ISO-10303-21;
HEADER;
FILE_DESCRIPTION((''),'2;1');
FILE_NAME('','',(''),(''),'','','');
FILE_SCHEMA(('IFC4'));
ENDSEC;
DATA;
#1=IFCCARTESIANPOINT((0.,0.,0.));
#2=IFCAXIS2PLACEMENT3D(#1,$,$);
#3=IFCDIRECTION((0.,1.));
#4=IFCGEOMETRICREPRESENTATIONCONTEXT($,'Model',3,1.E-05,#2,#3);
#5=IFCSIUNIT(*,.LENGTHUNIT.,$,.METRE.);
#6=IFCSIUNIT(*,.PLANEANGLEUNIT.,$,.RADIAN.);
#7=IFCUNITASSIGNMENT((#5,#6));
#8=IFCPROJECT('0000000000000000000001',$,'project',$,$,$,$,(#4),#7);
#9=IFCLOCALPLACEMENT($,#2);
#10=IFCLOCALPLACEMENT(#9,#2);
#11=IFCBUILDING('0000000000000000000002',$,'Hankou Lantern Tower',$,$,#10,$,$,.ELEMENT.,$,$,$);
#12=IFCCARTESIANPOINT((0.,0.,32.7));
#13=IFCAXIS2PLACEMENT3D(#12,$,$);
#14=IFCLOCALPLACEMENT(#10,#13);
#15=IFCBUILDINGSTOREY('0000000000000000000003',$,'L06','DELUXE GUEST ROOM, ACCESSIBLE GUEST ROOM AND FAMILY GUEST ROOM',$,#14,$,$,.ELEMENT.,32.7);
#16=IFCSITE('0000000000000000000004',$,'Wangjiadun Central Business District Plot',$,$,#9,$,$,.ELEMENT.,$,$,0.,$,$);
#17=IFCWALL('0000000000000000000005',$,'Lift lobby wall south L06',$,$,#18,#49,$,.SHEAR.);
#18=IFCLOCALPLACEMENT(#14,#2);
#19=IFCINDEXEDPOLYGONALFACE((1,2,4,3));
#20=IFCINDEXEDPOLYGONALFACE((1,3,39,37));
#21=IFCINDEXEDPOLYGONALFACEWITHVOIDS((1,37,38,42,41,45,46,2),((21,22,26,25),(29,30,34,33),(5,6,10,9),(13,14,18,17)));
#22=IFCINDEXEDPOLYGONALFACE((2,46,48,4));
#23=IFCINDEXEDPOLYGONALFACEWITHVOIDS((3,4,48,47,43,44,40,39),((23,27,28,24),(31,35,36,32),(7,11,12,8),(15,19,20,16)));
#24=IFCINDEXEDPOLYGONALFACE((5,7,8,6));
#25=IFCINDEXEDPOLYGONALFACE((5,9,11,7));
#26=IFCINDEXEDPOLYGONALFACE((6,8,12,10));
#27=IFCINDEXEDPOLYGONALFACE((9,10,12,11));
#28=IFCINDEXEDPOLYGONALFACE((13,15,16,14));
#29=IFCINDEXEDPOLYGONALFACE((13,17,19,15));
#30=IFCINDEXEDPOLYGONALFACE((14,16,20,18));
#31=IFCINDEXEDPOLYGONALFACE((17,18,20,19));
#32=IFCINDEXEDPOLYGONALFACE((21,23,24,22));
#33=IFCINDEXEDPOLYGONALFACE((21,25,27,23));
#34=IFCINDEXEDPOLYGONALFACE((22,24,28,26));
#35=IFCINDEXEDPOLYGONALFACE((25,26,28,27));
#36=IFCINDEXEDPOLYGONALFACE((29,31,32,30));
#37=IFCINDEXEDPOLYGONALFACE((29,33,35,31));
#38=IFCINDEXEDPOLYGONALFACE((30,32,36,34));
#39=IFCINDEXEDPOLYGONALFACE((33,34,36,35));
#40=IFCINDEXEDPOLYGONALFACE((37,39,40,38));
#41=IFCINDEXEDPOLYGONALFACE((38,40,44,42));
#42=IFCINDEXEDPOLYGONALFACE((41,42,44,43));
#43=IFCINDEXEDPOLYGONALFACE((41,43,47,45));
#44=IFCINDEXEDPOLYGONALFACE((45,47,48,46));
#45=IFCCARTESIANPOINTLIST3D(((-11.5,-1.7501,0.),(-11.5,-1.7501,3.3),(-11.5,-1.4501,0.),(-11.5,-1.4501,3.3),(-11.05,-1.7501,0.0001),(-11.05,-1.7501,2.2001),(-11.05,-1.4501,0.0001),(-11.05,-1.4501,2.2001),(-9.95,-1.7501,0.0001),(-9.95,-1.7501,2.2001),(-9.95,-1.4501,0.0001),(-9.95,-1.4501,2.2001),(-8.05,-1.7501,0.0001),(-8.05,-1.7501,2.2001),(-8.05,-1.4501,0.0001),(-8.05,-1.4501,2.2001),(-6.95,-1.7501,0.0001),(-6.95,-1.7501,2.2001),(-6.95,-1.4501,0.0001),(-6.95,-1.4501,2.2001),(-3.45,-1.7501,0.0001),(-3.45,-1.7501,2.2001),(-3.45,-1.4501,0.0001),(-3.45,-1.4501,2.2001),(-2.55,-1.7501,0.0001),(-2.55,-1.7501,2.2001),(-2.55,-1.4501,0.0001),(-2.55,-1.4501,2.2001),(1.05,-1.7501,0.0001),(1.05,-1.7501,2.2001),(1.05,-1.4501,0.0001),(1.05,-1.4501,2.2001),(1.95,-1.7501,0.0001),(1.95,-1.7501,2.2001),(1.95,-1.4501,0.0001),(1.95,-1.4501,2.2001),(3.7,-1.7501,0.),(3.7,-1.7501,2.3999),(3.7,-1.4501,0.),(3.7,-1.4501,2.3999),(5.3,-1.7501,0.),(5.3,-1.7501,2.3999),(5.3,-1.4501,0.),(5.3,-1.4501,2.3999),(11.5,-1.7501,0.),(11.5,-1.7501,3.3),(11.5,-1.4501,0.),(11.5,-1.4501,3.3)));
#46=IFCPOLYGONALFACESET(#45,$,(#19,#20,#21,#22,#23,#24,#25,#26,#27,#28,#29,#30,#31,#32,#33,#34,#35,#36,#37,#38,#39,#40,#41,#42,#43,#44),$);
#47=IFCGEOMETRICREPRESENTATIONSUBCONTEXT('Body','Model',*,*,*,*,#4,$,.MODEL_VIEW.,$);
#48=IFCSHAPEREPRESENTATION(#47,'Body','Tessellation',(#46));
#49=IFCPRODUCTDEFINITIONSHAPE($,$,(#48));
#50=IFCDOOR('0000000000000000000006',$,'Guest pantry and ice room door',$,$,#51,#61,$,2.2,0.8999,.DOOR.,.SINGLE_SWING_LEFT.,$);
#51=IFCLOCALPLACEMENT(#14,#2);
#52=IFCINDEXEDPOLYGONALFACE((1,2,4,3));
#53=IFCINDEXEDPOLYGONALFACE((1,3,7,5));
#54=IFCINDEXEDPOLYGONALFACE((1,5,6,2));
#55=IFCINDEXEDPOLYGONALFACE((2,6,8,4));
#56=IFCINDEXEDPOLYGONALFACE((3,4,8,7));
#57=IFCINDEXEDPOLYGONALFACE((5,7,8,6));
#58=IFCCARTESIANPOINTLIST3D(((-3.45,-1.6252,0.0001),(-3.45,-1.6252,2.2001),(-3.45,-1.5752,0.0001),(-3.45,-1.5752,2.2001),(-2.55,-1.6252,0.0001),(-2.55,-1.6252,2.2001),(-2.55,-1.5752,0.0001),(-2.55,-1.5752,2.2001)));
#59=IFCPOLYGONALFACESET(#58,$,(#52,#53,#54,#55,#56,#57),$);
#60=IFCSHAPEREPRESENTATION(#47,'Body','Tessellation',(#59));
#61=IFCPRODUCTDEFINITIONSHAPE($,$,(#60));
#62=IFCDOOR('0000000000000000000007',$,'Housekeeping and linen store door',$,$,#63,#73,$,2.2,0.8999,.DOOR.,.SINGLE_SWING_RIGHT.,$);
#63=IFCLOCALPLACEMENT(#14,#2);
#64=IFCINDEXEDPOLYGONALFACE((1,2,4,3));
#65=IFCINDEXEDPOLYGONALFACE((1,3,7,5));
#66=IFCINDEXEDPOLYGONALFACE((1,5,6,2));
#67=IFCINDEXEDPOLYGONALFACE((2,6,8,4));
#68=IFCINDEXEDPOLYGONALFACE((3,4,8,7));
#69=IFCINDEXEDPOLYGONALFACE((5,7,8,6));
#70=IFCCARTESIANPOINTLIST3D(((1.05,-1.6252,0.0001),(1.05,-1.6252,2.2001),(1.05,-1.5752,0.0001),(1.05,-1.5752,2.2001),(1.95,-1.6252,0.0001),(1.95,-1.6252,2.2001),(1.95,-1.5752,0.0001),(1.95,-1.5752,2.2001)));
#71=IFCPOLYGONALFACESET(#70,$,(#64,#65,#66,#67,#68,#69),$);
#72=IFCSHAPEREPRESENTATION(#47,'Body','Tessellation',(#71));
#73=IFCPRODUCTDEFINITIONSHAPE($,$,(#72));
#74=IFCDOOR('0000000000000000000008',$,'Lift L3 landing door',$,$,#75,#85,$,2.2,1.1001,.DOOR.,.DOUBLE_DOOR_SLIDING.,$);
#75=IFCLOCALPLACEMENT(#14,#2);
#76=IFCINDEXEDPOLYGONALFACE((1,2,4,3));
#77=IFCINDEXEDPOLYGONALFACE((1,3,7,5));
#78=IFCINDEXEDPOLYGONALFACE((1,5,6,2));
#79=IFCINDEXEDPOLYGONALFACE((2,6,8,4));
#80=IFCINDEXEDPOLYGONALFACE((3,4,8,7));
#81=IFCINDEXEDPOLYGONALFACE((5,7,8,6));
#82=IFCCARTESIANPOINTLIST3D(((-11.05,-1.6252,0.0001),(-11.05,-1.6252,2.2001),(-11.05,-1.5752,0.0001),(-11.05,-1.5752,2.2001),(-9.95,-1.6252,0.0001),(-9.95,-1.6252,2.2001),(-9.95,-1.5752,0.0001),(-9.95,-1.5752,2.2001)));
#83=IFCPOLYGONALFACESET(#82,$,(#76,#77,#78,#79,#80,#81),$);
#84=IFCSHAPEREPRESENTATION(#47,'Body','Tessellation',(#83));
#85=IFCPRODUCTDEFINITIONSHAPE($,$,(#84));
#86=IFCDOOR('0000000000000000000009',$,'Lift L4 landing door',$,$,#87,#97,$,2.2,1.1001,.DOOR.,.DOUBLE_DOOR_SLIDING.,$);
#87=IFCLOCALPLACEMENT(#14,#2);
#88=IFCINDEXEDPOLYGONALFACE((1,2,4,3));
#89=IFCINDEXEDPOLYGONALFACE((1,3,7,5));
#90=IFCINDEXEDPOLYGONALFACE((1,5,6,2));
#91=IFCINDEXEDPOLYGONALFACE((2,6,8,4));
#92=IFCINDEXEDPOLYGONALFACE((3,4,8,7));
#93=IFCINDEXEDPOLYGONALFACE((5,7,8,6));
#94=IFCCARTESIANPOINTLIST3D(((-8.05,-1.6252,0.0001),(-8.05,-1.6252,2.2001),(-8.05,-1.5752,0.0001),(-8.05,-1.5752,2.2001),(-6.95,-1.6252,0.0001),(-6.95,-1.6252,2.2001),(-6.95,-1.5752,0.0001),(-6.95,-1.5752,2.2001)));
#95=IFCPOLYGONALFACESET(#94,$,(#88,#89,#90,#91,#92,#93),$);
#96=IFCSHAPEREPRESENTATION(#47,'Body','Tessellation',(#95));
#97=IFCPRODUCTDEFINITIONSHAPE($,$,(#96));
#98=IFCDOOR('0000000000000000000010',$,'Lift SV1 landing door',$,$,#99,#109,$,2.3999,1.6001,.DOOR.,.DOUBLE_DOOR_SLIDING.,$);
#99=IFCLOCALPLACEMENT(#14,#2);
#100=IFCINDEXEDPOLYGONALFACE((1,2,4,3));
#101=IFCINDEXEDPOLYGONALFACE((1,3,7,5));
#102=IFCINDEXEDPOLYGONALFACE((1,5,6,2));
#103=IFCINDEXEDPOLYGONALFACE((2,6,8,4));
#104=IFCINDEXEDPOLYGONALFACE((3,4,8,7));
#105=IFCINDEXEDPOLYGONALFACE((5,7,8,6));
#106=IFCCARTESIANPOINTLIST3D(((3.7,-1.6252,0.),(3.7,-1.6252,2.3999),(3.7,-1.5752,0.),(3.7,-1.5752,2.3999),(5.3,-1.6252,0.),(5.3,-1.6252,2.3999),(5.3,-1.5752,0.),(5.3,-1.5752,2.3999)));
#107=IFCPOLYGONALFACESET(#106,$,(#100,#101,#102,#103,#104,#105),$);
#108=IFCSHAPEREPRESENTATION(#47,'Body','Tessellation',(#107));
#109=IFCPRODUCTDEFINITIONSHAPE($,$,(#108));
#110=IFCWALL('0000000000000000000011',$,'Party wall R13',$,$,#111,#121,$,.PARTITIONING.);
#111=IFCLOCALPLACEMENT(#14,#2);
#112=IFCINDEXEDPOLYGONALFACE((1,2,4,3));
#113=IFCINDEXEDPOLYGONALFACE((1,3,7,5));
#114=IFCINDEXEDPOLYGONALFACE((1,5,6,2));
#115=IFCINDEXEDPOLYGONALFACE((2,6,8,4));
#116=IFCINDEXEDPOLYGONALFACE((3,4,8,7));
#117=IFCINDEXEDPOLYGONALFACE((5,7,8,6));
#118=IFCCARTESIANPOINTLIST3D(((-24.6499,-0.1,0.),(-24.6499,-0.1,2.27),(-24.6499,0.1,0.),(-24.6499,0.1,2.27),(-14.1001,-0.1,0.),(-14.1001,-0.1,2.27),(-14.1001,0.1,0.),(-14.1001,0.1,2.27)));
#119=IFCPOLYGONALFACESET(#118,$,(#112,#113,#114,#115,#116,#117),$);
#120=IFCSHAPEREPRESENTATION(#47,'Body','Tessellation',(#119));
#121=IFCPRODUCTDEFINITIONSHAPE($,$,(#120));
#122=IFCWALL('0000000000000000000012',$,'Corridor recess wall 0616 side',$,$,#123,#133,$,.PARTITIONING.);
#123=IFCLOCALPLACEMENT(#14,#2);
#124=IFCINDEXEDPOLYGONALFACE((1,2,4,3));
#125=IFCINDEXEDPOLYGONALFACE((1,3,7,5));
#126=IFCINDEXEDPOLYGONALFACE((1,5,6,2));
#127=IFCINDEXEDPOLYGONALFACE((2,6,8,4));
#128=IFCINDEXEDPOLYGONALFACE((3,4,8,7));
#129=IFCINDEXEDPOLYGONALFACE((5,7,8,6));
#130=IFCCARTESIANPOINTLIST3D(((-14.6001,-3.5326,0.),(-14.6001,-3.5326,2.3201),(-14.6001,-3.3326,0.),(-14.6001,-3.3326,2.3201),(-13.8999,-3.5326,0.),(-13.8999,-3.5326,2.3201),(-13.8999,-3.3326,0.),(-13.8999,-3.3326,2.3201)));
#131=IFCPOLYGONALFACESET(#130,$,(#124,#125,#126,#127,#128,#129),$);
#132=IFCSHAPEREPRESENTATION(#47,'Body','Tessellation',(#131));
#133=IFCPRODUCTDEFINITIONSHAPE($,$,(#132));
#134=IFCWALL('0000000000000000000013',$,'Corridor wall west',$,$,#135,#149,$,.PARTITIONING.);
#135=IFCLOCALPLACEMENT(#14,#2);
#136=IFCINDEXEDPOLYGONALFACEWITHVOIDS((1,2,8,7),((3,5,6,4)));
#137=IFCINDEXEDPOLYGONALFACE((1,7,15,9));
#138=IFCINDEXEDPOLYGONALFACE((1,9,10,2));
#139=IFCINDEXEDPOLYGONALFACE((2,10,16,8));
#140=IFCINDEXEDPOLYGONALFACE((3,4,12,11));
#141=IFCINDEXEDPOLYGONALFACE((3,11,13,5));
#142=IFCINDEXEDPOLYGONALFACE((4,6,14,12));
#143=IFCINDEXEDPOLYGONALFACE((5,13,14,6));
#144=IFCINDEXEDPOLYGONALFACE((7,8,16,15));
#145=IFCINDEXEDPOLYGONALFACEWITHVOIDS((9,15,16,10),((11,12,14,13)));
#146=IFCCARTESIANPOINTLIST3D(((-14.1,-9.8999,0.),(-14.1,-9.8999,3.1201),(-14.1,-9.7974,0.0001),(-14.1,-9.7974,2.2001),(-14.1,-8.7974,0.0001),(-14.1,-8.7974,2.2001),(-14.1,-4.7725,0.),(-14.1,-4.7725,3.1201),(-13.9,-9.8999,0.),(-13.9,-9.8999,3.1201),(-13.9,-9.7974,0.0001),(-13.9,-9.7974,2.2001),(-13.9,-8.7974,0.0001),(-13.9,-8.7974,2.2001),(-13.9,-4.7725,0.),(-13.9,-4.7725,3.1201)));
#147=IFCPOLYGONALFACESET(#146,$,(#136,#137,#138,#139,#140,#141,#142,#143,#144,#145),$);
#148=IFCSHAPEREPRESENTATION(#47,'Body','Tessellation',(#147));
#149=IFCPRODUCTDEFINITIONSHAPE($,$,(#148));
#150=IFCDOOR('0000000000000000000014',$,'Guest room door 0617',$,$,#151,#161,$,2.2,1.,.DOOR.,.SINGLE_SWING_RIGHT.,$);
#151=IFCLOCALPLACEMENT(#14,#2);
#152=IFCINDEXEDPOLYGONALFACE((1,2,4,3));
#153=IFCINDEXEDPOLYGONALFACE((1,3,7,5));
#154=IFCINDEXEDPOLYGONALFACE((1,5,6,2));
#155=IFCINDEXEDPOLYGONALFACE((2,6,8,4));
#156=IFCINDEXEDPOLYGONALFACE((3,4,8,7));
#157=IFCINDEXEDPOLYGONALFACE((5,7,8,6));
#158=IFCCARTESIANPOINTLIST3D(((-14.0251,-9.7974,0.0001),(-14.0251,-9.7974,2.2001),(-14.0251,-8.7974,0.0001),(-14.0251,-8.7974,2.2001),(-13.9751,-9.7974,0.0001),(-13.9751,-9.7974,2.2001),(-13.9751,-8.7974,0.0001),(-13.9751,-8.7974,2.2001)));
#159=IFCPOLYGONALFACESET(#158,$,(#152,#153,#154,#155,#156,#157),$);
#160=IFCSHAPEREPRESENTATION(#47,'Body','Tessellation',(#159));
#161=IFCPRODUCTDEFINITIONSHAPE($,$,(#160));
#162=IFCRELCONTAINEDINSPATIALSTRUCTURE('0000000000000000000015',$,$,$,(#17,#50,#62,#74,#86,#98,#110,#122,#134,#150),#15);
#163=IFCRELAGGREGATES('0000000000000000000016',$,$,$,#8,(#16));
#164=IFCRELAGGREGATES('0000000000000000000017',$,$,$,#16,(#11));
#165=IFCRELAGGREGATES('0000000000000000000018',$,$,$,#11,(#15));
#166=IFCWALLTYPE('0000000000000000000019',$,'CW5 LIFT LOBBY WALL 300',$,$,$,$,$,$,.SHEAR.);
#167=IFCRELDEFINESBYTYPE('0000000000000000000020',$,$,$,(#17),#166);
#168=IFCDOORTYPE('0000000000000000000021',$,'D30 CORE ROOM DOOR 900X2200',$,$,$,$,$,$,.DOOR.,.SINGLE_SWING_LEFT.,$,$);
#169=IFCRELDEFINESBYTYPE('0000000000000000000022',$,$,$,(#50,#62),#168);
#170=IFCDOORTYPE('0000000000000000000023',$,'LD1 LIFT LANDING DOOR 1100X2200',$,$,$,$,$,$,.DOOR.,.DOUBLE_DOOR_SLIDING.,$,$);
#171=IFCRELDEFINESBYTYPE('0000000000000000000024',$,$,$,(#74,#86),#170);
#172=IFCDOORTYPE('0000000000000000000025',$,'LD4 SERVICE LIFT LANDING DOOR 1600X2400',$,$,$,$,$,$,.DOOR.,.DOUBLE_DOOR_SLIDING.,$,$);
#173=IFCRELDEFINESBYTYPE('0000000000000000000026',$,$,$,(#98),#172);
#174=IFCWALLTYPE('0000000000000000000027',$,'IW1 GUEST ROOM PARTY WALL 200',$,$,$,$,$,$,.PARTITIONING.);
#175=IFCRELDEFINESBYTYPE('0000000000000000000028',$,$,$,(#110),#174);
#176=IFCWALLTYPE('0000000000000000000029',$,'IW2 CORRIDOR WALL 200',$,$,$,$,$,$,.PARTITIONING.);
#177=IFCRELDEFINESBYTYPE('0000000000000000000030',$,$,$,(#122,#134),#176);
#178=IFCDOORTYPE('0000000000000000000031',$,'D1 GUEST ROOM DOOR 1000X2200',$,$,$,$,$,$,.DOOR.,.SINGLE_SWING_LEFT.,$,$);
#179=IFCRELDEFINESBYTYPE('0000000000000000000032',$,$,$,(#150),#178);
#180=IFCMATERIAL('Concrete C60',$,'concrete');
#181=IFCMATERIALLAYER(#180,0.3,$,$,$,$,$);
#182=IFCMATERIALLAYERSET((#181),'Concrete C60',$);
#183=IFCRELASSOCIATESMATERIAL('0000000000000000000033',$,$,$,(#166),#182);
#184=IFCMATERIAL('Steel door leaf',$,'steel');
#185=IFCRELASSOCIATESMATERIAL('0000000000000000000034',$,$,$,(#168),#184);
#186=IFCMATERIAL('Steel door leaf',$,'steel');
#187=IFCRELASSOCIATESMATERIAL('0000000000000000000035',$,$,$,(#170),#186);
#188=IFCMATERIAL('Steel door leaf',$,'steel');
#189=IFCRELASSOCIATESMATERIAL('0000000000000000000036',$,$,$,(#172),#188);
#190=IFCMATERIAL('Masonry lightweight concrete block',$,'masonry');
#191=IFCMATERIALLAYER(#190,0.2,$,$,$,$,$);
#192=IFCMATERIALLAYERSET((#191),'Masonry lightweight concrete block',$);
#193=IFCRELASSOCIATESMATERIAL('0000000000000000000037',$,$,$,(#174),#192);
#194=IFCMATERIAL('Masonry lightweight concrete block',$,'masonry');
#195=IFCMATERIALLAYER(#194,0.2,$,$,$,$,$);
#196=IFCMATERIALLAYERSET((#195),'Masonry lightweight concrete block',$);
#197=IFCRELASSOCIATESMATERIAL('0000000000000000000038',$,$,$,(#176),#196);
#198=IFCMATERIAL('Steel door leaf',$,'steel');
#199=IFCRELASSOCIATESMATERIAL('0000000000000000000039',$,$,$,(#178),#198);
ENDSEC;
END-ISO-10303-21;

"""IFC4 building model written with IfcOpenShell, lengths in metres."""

from ifc_helpers import new_model, si_unit, direction, frame, frame_2d, origin, place, context, subcontext, project, spatial, rectangle, extrude, material, layer, layer_set, type_object, element, fill, save


model = new_model("IFC4")

# Units and contexts
model_context = context("Model", 3, precision=1e-05, world=origin(), true_north=direction((0.0, 1.0)))
body_context = subcontext(model_context, "Body", "Model", "MODEL_VIEW")
ifc_project = project(units=[si_unit("LENGTHUNIT", "METRE"), si_unit("PLANEANGLEUNIT", "RADIAN")], contexts=[model_context])

# Site, building, storey
site_placement = place(None, origin())
site = spatial("IfcSite", under=ifc_project, at=site_placement, Name="Wangjiadun Central Business District Plot", CompositionType="ELEMENT", RefElevation=0.0)
building_placement = place(site_placement, origin())
building = spatial("IfcBuilding", under=site, at=building_placement, Name="Hankou Lantern Tower", CompositionType="ELEMENT")
storey_placement = place(building_placement, frame((0.0, 0.0, 32.7)))
storey = spatial("IfcBuildingStorey", under=building, at=storey_placement, Name="L06", Description="DELUXE GUEST ROOM, ACCESSIBLE GUEST ROOM AND FAMILY GUEST ROOM", CompositionType="ELEMENT", Elevation=32.7)

# Wall, openings, doors
ifc_material_1 = material(Name="Concrete C60", Category="concrete")
ifc_layer_1 = layer(ifc_material_1, 0.3)
ifc_layer_set_1 = layer_set([ifc_layer_1], Name="Concrete C60")
wall_type_1 = type_object("IfcWallType", Name="CW5 LIFT LOBBY WALL 300", PredefinedType="SHEAR", material=ifc_layer_set_1)
ifc_material_2 = material(Name="Steel door leaf", Category="steel")
door_type_1 = type_object("IfcDoorType", Name="D30 CORE ROOM DOOR 900X2200", OperationType="SINGLE_SWING_LEFT", PredefinedType="DOOR", material=ifc_material_2)
ifc_material_3 = material(Name="Steel door leaf", Category="steel")
door_type_2 = type_object("IfcDoorType", Name="LD1 LIFT LANDING DOOR 1100X2200", OperationType="DOUBLE_DOOR_SLIDING", PredefinedType="DOOR", material=ifc_material_3)
wall_1_placement = place(storey_placement, frame((-11.5, -1.6001, 0.0), z_axis=(0.0, 0.0, 1.0), x_axis=(1.0, 0.0, 0.0)))
wall_1 = element("IfcWall", 1, at=wall_1_placement, inside=storey, type_object=wall_type_1, Name="Lift lobby wall south L06", PredefinedType="SHEAR", context=body_context, shape_type="SweptSolid", body=[
    extrude(rectangle(XDim=23.0, YDim=0.3, at=frame_2d((11.5, 0.0))), origin(), (0.0, 0.0, 1.0), 3.3),
])
opening_1_placement = place(wall_1_placement, frame((0.45, 0.0, 0.0)))
opening_1 = element("IfcOpeningElement", 2, at=opening_1_placement, cuts=wall_1, PredefinedType="OPENING", context=body_context, shape_type="SweptSolid", body=[
    extrude(rectangle(XDim=1.1001, YDim=2.2, at=frame_2d((0.55, 1.1001))), frame((0.0, 0.1599, 0.0), z_axis=(0.0, -1.0, 0.0), x_axis=(1.0, 0.0, 0.0)), (0.0, 0.0, 1.0), 0.3201),
])
opening_2_placement = place(wall_1_placement, frame((3.45, 0.0, 0.0)))
opening_2 = element("IfcOpeningElement", 3, at=opening_2_placement, cuts=wall_1, PredefinedType="OPENING", context=body_context, shape_type="SweptSolid", body=[
    extrude(rectangle(XDim=1.1001, YDim=2.2, at=frame_2d((0.55, 1.1001))), frame((0.0, 0.1599, 0.0), z_axis=(0.0, -1.0, 0.0), x_axis=(1.0, 0.0, 0.0)), (0.0, 0.0, 1.0), 0.3201),
])
opening_3_placement = place(wall_1_placement, frame((15.2, 0.0, 0.0)))
opening_3 = element("IfcOpeningElement", 4, at=opening_3_placement, cuts=wall_1, PredefinedType="OPENING", context=body_context, shape_type="SweptSolid", body=[
    extrude(rectangle(XDim=1.6001, YDim=2.3999, at=frame_2d((0.8, 1.2))), frame((0.0, 0.1599, 0.0), z_axis=(0.0, -1.0, 0.0), x_axis=(1.0, 0.0, 0.0)), (0.0, 0.0, 1.0), 0.3201),
])
opening_4_placement = place(wall_1_placement, frame((8.05, 0.0, 0.0)))
opening_4 = element("IfcOpeningElement", 5, at=opening_4_placement, cuts=wall_1, PredefinedType="OPENING", context=body_context, shape_type="SweptSolid", body=[
    extrude(rectangle(XDim=0.8999, YDim=2.2, at=frame_2d((0.45, 1.1001))), frame((0.0, 0.1599, 0.0), z_axis=(0.0, -1.0, 0.0), x_axis=(1.0, 0.0, 0.0)), (0.0, 0.0, 1.0), 0.3201),
])
opening_5_placement = place(wall_1_placement, frame((12.55, 0.0, 0.0)))
opening_5 = element("IfcOpeningElement", 6, at=opening_5_placement, cuts=wall_1, PredefinedType="OPENING", context=body_context, shape_type="SweptSolid", body=[
    extrude(rectangle(XDim=0.8999, YDim=2.2, at=frame_2d((0.45, 1.1001))), frame((0.0, 0.1599, 0.0), z_axis=(0.0, -1.0, 0.0), x_axis=(1.0, 0.0, 0.0)), (0.0, 0.0, 1.0), 0.3201),
])
door_1_placement = place(opening_4_placement, origin())
door_1 = element("IfcDoor", 7, at=door_1_placement, inside=storey, type_object=door_type_1, Name="Guest pantry and ice room door", OperationType="SINGLE_SWING_LEFT", OverallHeight=2.2, OverallWidth=0.8999, PredefinedType="DOOR", context=body_context, shape_type="SweptSolid", body=[
    extrude(rectangle(XDim=0.8999, YDim=2.2, at=frame_2d((0.45, 1.1001))), frame((0.0, 0.0249, 0.0), z_axis=(0.0, -1.0, 0.0), x_axis=(1.0, 0.0, 0.0)), (0.0, 0.0, 1.0), 0.05),
])
fill(opening_4, door_1)
door_2_placement = place(opening_5_placement, origin())
door_2 = element("IfcDoor", 8, at=door_2_placement, inside=storey, type_object=door_type_1, Name="Housekeeping and linen store door", OperationType="SINGLE_SWING_RIGHT", OverallHeight=2.2, OverallWidth=0.8999, PredefinedType="DOOR", context=body_context, shape_type="SweptSolid", body=[
    extrude(rectangle(XDim=0.8999, YDim=2.2, at=frame_2d((0.45, 1.1001))), frame((0.0, 0.0249, 0.0), z_axis=(0.0, -1.0, 0.0), x_axis=(1.0, 0.0, 0.0)), (0.0, 0.0, 1.0), 0.05),
])
fill(opening_5, door_2)
door_3_placement = place(opening_1_placement, origin())
door_3 = element("IfcDoor", 9, at=door_3_placement, inside=storey, type_object=door_type_2, Name="Lift L3 landing door", OperationType="DOUBLE_DOOR_SLIDING", OverallHeight=2.2, OverallWidth=1.1001, PredefinedType="DOOR", context=body_context, shape_type="SweptSolid", body=[
    extrude(rectangle(XDim=1.1001, YDim=2.2, at=frame_2d((0.55, 1.1001))), frame((0.0, 0.0249, 0.0), z_axis=(0.0, -1.0, 0.0), x_axis=(1.0, 0.0, 0.0)), (0.0, 0.0, 1.0), 0.05),
])
fill(opening_1, door_3)
door_4_placement = place(opening_2_placement, origin())
door_4 = element("IfcDoor", 10, at=door_4_placement, inside=storey, type_object=door_type_2, Name="Lift L4 landing door", OperationType="DOUBLE_DOOR_SLIDING", OverallHeight=2.2, OverallWidth=1.1001, PredefinedType="DOOR", context=body_context, shape_type="SweptSolid", body=[
    extrude(rectangle(XDim=1.1001, YDim=2.2, at=frame_2d((0.55, 1.1001))), frame((0.0, 0.0249, 0.0), z_axis=(0.0, -1.0, 0.0), x_axis=(1.0, 0.0, 0.0)), (0.0, 0.0, 1.0), 0.05),
])
fill(opening_2, door_4)
ifc_material_4 = material(Name="Steel door leaf", Category="steel")
door_type_3 = type_object("IfcDoorType", Name="LD4 SERVICE LIFT LANDING DOOR 1600X2400", OperationType="DOUBLE_DOOR_SLIDING", PredefinedType="DOOR", material=ifc_material_4)
door_5_placement = place(opening_3_placement, origin())
door_5 = element("IfcDoor", 11, at=door_5_placement, inside=storey, type_object=door_type_3, Name="Lift SV1 landing door", OperationType="DOUBLE_DOOR_SLIDING", OverallHeight=2.3999, OverallWidth=1.6001, PredefinedType="DOOR", context=body_context, shape_type="SweptSolid", body=[
    extrude(rectangle(XDim=1.6001, YDim=2.3999, at=frame_2d((0.8, 1.2))), frame((0.0, 0.0249, 0.0), z_axis=(0.0, -1.0, 0.0), x_axis=(1.0, 0.0, 0.0)), (0.0, 0.0, 1.0), 0.05),
])
fill(opening_3, door_5)

# Walls
ifc_material_5 = material(Name="Masonry lightweight concrete block", Category="masonry")
ifc_layer_2 = layer(ifc_material_5, 0.2)
ifc_layer_set_2 = layer_set([ifc_layer_2], Name="Masonry lightweight concrete block")
wall_type_2 = type_object("IfcWallType", Name="IW1 GUEST ROOM PARTY WALL 200", PredefinedType="PARTITIONING", material=ifc_layer_set_2)
wall_2_placement = place(storey_placement, frame((-14.1001, 0.0, 0.0), z_axis=(0.0, 0.0, 1.0), x_axis=(-1.0, 0.0, 0.0)))
element("IfcWall", 12, at=wall_2_placement, inside=storey, type_object=wall_type_2, Name="Party wall R13", PredefinedType="PARTITIONING", context=body_context, shape_type="SweptSolid", body=[
    extrude(rectangle(XDim=10.5498, YDim=0.2, at=frame_2d((5.2749, 0.0))), origin(), (0.0, 0.0, 1.0), 2.27),
])
ifc_material_6 = material(Name="Masonry lightweight concrete block", Category="masonry")
ifc_layer_3 = layer(ifc_material_6, 0.2)
ifc_layer_set_3 = layer_set([ifc_layer_3], Name="Masonry lightweight concrete block")
wall_type_3 = type_object("IfcWallType", Name="IW2 CORRIDOR WALL 200", PredefinedType="PARTITIONING", material=ifc_layer_set_3)
wall_3_placement = place(storey_placement, frame((-13.8999, -3.4326, 0.0), z_axis=(0.0, 0.0, 1.0), x_axis=(-1.0, 0.0, 0.0)))
element("IfcWall", 13, at=wall_3_placement, inside=storey, type_object=wall_type_3, Name="Corridor recess wall 0616 side", PredefinedType="PARTITIONING", context=body_context, shape_type="SweptSolid", body=[
    extrude(rectangle(XDim=0.7002, YDim=0.2, at=frame_2d((0.3501, 0.0))), origin(), (0.0, 0.0, 1.0), 2.3201),
])

# Wall, opening, door
wall_4_placement = place(storey_placement, frame((-14.0, -4.7725, 0.0), z_axis=(0.0, 0.0, 1.0), x_axis=(0.0, -1.0, 0.0)))
wall_4 = element("IfcWall", 14, at=wall_4_placement, inside=storey, type_object=wall_type_3, Name="Corridor wall west", PredefinedType="PARTITIONING", context=body_context, shape_type="SweptSolid", body=[
    extrude(rectangle(XDim=5.1274, YDim=0.2, at=frame_2d((2.5637, 0.0))), origin(), (0.0, 0.0, 1.0), 3.1201),
])
opening_6_placement = place(wall_4_placement, frame((4.0249, 0.0, 0.0)))
opening_6 = element("IfcOpeningElement", 15, at=opening_6_placement, cuts=wall_4, PredefinedType="OPENING", context=body_context, shape_type="SweptSolid", body=[
    extrude(rectangle(XDim=1.0, YDim=2.2, at=frame_2d((0.5, 1.1001))), frame((0.0, 0.1099, 0.0), z_axis=(0.0, -1.0, 0.0), x_axis=(1.0, 0.0, 0.0)), (0.0, 0.0, 1.0), 0.22),
])
ifc_material_7 = material(Name="Steel door leaf", Category="steel")
door_type_4 = type_object("IfcDoorType", Name="D1 GUEST ROOM DOOR 1000X2200", OperationType="SINGLE_SWING_LEFT", PredefinedType="DOOR", material=ifc_material_7)
door_6_placement = place(opening_6_placement, origin())
door_6 = element("IfcDoor", 16, at=door_6_placement, inside=storey, type_object=door_type_4, Name="Guest room door 0617", OperationType="SINGLE_SWING_RIGHT", OverallHeight=2.2, OverallWidth=1.0, PredefinedType="DOOR", context=body_context, shape_type="SweptSolid", body=[
    extrude(rectangle(XDim=1.0, YDim=2.2, at=frame_2d((0.5, 1.1001))), frame((0.0, 0.0249, 0.0), z_axis=(0.0, -1.0, 0.0), x_axis=(1.0, 0.0, 0.0)), (0.0, 0.0, 1.0), 0.05),
])
fill(opening_6, door_6)

save(model, "model.ifc")
